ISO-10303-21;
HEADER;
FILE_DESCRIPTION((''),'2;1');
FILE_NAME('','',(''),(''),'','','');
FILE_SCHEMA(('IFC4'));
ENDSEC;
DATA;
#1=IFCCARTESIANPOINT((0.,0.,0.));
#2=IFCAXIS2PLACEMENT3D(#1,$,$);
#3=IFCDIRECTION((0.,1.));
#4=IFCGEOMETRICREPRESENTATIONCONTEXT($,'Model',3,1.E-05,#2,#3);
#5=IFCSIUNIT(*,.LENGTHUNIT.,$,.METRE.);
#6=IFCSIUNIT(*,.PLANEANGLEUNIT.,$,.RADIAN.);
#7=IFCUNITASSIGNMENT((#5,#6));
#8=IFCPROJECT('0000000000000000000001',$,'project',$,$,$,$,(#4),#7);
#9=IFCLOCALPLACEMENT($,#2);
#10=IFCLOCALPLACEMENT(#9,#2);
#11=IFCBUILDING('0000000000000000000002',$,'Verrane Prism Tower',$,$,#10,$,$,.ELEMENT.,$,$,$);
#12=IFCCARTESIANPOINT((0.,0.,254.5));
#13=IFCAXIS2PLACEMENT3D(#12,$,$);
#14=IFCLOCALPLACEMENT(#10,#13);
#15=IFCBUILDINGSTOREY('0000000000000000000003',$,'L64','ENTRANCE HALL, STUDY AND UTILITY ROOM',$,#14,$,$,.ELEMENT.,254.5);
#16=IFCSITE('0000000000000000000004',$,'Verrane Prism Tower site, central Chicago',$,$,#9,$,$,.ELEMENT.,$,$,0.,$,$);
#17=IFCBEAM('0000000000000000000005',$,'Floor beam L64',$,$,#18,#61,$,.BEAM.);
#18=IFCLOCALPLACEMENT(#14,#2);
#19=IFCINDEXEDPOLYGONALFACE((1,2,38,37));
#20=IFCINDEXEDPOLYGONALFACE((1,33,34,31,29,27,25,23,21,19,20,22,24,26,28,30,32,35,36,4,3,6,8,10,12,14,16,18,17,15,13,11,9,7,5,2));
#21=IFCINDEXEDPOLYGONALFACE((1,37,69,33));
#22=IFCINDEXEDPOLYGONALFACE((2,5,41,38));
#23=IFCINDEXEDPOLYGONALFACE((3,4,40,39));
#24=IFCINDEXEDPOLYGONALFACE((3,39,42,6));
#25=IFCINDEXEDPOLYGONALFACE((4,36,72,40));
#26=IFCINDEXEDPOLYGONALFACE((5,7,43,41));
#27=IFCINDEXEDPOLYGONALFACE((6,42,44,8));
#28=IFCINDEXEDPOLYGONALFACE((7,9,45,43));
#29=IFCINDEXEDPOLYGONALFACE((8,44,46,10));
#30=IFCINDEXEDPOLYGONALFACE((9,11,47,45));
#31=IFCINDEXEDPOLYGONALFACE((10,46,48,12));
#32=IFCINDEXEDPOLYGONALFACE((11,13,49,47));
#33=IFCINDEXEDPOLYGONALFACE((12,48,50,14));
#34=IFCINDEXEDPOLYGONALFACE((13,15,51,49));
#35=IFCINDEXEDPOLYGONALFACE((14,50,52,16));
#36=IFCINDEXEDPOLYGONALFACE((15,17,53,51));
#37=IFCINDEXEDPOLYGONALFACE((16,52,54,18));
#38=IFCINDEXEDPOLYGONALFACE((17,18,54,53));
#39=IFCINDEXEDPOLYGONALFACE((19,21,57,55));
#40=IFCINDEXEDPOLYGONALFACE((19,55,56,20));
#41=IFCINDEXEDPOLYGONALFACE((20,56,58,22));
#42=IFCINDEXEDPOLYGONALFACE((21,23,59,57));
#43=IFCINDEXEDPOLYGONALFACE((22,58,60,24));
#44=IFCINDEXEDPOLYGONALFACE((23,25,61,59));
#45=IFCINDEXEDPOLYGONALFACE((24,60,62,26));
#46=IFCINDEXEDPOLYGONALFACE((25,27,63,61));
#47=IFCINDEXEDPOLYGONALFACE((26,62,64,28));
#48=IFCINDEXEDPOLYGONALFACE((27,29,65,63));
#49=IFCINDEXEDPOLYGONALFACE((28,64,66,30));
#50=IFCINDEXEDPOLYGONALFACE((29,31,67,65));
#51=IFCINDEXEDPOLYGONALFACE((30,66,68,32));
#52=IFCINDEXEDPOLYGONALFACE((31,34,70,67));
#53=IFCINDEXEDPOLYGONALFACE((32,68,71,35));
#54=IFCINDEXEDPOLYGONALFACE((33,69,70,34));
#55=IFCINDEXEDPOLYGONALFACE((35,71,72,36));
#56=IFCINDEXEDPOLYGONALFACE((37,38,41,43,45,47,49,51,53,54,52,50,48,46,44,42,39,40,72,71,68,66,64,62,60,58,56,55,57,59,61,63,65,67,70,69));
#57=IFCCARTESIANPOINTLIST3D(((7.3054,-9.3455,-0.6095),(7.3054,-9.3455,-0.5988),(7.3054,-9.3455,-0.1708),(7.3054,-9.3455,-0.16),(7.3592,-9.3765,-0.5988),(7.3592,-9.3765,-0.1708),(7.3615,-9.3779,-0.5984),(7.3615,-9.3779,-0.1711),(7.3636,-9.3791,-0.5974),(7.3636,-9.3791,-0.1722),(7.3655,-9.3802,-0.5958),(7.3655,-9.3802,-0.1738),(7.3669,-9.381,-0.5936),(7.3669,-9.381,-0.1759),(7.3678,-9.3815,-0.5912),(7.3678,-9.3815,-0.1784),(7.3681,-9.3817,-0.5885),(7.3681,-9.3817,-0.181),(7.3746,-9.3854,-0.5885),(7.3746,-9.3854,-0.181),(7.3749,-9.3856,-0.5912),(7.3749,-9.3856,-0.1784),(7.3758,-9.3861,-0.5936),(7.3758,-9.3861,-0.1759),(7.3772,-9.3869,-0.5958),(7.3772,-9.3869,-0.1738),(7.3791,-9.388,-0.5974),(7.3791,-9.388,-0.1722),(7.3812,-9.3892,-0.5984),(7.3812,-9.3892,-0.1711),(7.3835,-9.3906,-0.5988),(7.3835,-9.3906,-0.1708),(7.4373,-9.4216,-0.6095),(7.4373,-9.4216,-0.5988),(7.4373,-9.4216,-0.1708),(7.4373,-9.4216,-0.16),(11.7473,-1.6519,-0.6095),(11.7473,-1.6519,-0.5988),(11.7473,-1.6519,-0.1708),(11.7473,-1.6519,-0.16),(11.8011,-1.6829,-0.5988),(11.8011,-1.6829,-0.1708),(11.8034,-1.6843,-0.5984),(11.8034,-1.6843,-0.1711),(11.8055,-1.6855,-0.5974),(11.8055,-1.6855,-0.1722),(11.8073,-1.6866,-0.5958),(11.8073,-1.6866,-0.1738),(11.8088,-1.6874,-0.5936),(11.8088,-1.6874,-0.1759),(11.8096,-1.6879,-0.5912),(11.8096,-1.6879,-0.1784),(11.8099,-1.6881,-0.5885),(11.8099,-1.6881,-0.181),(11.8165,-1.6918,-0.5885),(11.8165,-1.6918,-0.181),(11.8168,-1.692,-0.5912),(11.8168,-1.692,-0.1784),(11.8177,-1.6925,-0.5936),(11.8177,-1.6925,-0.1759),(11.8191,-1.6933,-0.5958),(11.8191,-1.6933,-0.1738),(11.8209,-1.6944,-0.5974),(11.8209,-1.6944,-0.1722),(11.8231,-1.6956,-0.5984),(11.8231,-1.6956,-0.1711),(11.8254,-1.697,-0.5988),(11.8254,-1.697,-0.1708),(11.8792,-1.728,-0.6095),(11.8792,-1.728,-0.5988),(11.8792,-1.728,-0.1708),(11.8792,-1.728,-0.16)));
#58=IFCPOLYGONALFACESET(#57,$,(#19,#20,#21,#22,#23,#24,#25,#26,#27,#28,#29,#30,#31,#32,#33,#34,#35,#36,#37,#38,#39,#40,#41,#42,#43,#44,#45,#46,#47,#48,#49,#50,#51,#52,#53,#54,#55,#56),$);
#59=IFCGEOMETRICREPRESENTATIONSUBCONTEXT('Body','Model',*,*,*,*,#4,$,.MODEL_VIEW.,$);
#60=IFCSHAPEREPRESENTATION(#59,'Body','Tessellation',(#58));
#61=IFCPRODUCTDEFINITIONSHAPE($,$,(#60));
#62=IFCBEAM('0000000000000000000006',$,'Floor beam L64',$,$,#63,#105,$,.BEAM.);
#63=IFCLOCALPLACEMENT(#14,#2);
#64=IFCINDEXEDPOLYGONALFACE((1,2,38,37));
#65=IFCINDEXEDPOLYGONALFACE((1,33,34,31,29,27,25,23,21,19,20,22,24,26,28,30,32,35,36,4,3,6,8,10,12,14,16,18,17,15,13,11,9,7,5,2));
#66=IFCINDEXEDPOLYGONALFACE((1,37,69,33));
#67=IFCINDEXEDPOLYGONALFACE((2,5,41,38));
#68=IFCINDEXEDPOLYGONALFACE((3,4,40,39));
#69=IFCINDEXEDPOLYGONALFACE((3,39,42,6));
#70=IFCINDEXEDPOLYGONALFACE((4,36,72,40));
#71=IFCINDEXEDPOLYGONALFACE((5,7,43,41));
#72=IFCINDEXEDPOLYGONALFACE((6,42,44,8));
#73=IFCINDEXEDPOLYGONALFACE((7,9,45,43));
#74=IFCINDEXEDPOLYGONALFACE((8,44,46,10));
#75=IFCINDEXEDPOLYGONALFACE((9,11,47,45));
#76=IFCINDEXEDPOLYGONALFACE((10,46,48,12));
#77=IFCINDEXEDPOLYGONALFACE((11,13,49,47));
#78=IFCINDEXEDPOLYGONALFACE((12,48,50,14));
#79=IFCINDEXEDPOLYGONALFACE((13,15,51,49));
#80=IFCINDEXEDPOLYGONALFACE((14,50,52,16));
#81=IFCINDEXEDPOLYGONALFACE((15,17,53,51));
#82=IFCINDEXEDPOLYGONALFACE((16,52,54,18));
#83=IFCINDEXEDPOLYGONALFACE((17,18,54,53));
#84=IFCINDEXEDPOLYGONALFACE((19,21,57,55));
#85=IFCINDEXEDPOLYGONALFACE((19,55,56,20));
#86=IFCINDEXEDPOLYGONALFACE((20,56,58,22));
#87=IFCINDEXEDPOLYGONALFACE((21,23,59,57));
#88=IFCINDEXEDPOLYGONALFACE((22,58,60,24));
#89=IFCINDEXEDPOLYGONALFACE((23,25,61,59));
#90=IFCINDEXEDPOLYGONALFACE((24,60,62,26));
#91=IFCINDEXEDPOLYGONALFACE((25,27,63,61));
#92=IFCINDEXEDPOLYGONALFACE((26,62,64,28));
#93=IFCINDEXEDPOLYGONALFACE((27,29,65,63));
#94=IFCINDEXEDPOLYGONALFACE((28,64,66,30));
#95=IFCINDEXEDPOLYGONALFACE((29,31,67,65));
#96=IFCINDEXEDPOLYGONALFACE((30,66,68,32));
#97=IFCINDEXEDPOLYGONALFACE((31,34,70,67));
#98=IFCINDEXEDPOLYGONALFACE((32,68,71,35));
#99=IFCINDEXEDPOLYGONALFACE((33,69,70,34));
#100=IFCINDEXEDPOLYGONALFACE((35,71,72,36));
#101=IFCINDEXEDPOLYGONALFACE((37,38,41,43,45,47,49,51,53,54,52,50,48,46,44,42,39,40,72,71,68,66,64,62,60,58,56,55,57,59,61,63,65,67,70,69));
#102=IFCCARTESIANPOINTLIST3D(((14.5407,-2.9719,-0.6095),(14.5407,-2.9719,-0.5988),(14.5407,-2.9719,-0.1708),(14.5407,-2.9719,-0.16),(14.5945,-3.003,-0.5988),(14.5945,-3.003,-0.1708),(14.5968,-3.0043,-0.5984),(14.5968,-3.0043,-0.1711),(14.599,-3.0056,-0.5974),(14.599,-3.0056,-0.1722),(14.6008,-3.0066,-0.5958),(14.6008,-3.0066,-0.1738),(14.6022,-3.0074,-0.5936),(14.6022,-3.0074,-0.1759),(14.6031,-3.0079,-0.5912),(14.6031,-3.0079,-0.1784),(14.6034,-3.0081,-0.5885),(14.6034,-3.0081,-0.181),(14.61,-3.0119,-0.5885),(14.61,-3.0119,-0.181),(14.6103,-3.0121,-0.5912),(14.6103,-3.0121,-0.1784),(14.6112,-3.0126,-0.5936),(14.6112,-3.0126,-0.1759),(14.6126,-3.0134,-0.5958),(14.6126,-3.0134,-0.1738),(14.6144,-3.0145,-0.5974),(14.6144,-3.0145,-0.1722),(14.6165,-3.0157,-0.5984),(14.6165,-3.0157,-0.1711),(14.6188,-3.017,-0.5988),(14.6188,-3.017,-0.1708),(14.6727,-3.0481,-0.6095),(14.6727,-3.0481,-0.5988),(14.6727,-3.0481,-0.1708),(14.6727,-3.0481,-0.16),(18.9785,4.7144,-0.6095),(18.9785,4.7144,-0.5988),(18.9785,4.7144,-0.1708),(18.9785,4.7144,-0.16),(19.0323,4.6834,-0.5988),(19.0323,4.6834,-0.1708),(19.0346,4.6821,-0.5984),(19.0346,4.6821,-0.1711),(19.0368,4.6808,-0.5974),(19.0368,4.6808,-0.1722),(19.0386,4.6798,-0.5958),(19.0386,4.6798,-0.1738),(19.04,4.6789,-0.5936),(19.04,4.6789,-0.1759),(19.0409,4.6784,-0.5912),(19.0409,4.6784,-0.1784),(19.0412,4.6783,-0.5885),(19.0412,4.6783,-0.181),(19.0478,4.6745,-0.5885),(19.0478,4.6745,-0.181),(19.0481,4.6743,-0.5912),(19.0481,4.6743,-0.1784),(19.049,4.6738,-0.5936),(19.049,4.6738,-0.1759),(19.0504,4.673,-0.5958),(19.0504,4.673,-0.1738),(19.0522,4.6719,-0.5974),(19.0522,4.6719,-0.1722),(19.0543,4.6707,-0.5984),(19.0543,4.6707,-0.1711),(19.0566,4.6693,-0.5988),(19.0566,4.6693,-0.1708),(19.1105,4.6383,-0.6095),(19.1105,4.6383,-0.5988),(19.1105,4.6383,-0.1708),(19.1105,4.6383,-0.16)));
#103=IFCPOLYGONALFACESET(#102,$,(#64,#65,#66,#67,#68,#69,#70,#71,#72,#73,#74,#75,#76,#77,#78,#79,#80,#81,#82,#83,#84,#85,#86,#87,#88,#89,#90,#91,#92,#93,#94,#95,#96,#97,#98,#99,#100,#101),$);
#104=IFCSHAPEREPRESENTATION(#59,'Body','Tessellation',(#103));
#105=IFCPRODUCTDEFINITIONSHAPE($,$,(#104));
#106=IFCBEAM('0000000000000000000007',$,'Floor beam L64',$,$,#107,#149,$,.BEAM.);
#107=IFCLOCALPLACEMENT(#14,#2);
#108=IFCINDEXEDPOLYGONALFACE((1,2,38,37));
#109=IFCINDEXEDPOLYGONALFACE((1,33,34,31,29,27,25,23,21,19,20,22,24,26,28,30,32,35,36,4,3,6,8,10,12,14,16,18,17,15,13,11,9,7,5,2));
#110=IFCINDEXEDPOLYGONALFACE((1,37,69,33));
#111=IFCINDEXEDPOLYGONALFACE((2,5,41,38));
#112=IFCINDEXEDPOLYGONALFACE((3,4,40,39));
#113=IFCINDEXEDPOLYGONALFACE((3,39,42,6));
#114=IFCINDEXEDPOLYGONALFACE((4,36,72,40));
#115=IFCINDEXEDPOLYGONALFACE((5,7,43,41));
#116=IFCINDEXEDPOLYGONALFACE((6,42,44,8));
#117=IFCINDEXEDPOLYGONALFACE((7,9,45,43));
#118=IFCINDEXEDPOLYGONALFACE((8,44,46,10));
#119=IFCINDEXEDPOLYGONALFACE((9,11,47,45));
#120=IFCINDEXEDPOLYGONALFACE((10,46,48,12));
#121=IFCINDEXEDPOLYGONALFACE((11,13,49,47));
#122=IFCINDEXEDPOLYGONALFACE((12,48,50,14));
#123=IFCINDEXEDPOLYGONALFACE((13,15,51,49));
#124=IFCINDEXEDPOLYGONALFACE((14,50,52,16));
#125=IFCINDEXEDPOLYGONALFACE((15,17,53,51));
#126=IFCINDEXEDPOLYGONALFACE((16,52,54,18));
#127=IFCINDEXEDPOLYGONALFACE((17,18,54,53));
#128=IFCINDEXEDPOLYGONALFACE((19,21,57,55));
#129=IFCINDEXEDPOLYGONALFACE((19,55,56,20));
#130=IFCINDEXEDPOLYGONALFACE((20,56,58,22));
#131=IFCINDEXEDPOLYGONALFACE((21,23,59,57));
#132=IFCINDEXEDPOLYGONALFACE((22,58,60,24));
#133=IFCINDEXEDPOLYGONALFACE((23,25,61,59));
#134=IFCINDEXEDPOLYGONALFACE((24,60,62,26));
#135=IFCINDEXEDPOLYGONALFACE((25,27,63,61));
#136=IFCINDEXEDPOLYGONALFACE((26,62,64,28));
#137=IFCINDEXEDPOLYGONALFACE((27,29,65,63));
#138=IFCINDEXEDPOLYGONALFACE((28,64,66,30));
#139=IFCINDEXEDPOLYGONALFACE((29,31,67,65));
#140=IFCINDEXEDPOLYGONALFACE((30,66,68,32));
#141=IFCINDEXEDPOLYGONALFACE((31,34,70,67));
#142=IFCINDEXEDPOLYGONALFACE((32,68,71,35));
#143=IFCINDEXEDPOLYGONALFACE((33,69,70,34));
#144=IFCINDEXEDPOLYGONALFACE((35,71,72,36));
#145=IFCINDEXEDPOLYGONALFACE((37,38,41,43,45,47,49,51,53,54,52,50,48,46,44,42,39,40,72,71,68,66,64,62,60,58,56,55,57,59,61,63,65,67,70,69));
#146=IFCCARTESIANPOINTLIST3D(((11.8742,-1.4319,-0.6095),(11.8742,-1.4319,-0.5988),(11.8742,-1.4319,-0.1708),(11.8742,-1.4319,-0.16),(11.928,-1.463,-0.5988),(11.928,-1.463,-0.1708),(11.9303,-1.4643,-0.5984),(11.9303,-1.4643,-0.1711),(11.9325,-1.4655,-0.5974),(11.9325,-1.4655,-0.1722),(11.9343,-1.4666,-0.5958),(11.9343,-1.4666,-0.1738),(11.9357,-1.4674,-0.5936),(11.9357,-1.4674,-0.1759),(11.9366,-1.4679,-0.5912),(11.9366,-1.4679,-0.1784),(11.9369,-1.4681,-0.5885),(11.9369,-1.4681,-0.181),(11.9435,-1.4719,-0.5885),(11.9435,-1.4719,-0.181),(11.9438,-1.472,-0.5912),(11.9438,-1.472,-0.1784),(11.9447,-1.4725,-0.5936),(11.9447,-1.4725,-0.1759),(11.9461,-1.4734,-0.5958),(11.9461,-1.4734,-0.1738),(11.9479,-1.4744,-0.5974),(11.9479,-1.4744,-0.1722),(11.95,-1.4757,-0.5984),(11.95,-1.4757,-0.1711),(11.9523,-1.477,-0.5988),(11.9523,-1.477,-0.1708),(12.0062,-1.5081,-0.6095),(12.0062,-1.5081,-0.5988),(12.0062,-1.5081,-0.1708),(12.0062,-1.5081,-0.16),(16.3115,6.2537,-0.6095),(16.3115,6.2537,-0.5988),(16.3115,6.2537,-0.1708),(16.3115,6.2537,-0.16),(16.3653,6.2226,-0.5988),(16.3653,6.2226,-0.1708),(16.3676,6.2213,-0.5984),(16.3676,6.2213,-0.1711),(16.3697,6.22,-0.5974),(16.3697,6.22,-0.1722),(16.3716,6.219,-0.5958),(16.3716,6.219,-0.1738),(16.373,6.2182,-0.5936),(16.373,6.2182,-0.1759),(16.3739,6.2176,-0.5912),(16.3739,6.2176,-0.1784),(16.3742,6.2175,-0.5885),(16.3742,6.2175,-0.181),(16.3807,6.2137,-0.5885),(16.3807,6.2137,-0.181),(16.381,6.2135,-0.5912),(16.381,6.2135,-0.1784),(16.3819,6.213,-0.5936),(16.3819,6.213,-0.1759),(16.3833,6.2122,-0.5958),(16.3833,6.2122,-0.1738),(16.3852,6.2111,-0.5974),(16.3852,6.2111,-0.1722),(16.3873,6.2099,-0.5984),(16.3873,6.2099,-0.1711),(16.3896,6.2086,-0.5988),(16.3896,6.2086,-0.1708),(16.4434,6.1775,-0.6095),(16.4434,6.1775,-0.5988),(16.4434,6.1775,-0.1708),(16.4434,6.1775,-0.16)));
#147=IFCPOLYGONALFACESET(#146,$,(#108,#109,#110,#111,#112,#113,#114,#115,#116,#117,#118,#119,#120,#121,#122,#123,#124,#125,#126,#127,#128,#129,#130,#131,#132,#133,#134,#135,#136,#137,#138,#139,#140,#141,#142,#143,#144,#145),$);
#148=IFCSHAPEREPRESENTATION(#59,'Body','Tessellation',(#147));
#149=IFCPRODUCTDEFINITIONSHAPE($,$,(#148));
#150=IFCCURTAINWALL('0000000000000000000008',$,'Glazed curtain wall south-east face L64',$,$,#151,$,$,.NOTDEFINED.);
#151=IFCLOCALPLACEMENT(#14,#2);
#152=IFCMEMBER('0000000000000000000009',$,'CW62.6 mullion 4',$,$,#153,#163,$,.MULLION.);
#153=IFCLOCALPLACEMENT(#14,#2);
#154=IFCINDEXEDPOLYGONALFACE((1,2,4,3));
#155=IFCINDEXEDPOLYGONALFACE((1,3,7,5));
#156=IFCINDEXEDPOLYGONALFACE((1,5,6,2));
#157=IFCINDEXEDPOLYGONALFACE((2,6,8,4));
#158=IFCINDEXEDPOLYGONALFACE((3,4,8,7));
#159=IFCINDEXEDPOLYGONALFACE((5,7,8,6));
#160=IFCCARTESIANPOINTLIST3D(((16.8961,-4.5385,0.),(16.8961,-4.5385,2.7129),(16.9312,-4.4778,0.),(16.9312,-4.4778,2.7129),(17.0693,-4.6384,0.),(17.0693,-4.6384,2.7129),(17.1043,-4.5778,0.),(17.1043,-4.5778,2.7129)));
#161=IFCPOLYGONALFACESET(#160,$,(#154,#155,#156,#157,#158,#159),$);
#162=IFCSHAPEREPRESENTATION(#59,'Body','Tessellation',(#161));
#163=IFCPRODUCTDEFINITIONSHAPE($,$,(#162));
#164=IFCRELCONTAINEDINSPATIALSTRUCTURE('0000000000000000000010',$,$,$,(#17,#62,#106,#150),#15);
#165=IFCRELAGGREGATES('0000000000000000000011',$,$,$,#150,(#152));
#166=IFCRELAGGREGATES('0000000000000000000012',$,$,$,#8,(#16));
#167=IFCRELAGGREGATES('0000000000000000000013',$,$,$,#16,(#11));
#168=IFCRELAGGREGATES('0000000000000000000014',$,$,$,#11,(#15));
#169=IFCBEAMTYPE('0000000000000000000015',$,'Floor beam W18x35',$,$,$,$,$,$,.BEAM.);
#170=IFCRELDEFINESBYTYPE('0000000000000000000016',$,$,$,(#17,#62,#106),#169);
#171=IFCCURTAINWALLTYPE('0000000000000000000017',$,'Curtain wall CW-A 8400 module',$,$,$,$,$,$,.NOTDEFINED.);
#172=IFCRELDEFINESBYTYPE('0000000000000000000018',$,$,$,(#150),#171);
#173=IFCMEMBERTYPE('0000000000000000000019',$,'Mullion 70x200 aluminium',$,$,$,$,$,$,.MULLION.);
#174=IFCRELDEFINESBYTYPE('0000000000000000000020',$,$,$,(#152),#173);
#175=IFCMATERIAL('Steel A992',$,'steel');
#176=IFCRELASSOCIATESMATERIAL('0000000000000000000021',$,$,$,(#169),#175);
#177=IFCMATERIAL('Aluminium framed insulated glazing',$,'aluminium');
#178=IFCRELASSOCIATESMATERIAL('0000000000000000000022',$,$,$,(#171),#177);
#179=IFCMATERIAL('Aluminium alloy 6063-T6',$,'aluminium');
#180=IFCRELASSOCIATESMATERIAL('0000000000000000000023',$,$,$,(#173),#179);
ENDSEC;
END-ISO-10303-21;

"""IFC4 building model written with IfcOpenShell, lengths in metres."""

from ifc_helpers import new_model, si_unit, direction, frame, origin, origin_2d, place, context, subcontext, project, spatial, rectangle, i_section, extrude, material, material_profile, profile_set, type_object, element, aggregate, save


model = new_model("IFC4")

# Units and contexts
model_context = context("Model", 3, precision=1e-05, world=origin(), true_north=direction((0.0, 1.0)))
body_context = subcontext(model_context, "Body", "Model", "MODEL_VIEW")
ifc_project = project(units=[si_unit("LENGTHUNIT", "METRE"), si_unit("PLANEANGLEUNIT", "RADIAN")], contexts=[model_context])

# Site, building, storey
site_placement = place(None, origin())
site = spatial("IfcSite", under=ifc_project, at=site_placement, Name="Verrane Prism Tower site, central Chicago", CompositionType="ELEMENT", RefElevation=0.0)
building_placement = place(site_placement, origin())
building = spatial("IfcBuilding", under=site, at=building_placement, Name="Verrane Prism Tower", CompositionType="ELEMENT")
storey_placement = place(building_placement, frame((0.0, 0.0, 254.5)))
storey = spatial("IfcBuildingStorey", under=building, at=storey_placement, Name="L64", Description="ENTRANCE HALL, STUDY AND UTILITY ROOM", CompositionType="ELEMENT", Elevation=254.5)

# Beams
ifc_material_1 = material(Name="Steel A992", Category="steel")
ifc_material_profile_1 = material_profile(ifc_material_1, i_section(OverallWidth=0.1523, OverallDepth=0.4495, WebThickness=0.0076, FlangeThickness=0.0107, FilletRadius=0.0103, at=origin_2d()), Name="W18x35")
ifc_profile_set_1 = profile_set([ifc_material_profile_1], Name="Steel A992")
beam_type_1 = type_object("IfcBeamType", Name="Floor beam W18x35", PredefinedType="BEAM", material=ifc_profile_set_1)
beam_1_placement = place(storey_placement, frame((7.3713, -9.3835, -0.3848), z_axis=(0.499999, 0.866026, 0.0), x_axis=(-0.866026, 0.499999, 0.0)))
element("IfcBeam", 1, at=beam_1_placement, inside=storey, type_object=beam_type_1, Name="Floor beam L64", PredefinedType="BEAM", context=body_context, shape_type="SweptSolid", body=[
    extrude(i_section(OverallWidth=0.1523, OverallDepth=0.4495, WebThickness=0.0076, FlangeThickness=0.0107, FilletRadius=0.0103, at=origin_2d()), origin(), (0.0, 0.0, 1.0), 8.8838),
])
beam_2_placement = place(storey_placement, frame((14.6067, -3.01, -0.3848), z_axis=(0.500006, 0.866022, 0.0), x_axis=(-0.866022, 0.500006, 0.0)))
element("IfcBeam", 2, at=beam_2_placement, inside=storey, type_object=beam_type_1, Name="Floor beam L64", PredefinedType="BEAM", context=body_context, shape_type="SweptSolid", body=[
    extrude(i_section(OverallWidth=0.1523, OverallDepth=0.4495, WebThickness=0.0076, FlangeThickness=0.0107, FilletRadius=0.0103, at=origin_2d()), origin(), (0.0, 0.0, 1.0), 8.8755),
])
beam_3_placement = place(storey_placement, frame((11.9402, -1.47, -0.3848), z_axis=(0.5, 0.866025, 0.0), x_axis=(-0.866025, 0.5, 0.0)))
element("IfcBeam", 3, at=beam_3_placement, inside=storey, type_object=beam_type_1, Name="Floor beam L64", PredefinedType="BEAM", context=body_context, shape_type="SweptSolid", body=[
    extrude(i_section(OverallWidth=0.1523, OverallDepth=0.4495, WebThickness=0.0076, FlangeThickness=0.0107, FilletRadius=0.0103, at=origin_2d()), origin(), (0.0, 0.0, 1.0), 8.8745),
])

# Curtain wall, member
ifc_material_2 = material(Name="Aluminium framed insulated glazing", Category="aluminium")
curtain_wall_type = type_object("IfcCurtainWallType", Name="Curtain wall CW-A 8400 module", PredefinedType="NOTDEFINED", material=ifc_material_2)
curtain_wall_placement = place(storey_placement, origin())
curtain_wall = element("IfcCurtainWall", 4, at=curtain_wall_placement, inside=storey, type_object=curtain_wall_type, Name="Glazed curtain wall south-east face L64", PredefinedType="NOTDEFINED")
ifc_material_3 = material(Name="Aluminium alloy 6063-T6", Category="aluminium")
ifc_material_profile_2 = material_profile(ifc_material_3, rectangle(XDim=0.2, YDim=0.0701, at=origin_2d()), Name="Mullion 70x200 aluminium")
ifc_profile_set_2 = profile_set([ifc_material_profile_2], Name="Aluminium alloy 6063-T6")
member_type_1 = type_object("IfcMemberType", Name="Mullion 70x200 aluminium", PredefinedType="MULLION", material=ifc_profile_set_2)
member_1_placement = place(storey_placement, frame((17.0002, -4.5581, 0.0), z_axis=(0.0, 0.0, 1.0), x_axis=(-0.866026, 0.5, 0.0)))
member_1 = element("IfcMember", 5, at=member_1_placement, type_object=member_type_1, Name="CW62.6 mullion 4", PredefinedType="MULLION", context=body_context, shape_type="SweptSolid", body=[
    extrude(rectangle(XDim=0.2, YDim=0.0701, at=origin_2d()), origin(), (0.0, 0.0, 1.0), 2.7129),
])

aggregate(curtain_wall, [member_1])

save(model, "model.ifc")
